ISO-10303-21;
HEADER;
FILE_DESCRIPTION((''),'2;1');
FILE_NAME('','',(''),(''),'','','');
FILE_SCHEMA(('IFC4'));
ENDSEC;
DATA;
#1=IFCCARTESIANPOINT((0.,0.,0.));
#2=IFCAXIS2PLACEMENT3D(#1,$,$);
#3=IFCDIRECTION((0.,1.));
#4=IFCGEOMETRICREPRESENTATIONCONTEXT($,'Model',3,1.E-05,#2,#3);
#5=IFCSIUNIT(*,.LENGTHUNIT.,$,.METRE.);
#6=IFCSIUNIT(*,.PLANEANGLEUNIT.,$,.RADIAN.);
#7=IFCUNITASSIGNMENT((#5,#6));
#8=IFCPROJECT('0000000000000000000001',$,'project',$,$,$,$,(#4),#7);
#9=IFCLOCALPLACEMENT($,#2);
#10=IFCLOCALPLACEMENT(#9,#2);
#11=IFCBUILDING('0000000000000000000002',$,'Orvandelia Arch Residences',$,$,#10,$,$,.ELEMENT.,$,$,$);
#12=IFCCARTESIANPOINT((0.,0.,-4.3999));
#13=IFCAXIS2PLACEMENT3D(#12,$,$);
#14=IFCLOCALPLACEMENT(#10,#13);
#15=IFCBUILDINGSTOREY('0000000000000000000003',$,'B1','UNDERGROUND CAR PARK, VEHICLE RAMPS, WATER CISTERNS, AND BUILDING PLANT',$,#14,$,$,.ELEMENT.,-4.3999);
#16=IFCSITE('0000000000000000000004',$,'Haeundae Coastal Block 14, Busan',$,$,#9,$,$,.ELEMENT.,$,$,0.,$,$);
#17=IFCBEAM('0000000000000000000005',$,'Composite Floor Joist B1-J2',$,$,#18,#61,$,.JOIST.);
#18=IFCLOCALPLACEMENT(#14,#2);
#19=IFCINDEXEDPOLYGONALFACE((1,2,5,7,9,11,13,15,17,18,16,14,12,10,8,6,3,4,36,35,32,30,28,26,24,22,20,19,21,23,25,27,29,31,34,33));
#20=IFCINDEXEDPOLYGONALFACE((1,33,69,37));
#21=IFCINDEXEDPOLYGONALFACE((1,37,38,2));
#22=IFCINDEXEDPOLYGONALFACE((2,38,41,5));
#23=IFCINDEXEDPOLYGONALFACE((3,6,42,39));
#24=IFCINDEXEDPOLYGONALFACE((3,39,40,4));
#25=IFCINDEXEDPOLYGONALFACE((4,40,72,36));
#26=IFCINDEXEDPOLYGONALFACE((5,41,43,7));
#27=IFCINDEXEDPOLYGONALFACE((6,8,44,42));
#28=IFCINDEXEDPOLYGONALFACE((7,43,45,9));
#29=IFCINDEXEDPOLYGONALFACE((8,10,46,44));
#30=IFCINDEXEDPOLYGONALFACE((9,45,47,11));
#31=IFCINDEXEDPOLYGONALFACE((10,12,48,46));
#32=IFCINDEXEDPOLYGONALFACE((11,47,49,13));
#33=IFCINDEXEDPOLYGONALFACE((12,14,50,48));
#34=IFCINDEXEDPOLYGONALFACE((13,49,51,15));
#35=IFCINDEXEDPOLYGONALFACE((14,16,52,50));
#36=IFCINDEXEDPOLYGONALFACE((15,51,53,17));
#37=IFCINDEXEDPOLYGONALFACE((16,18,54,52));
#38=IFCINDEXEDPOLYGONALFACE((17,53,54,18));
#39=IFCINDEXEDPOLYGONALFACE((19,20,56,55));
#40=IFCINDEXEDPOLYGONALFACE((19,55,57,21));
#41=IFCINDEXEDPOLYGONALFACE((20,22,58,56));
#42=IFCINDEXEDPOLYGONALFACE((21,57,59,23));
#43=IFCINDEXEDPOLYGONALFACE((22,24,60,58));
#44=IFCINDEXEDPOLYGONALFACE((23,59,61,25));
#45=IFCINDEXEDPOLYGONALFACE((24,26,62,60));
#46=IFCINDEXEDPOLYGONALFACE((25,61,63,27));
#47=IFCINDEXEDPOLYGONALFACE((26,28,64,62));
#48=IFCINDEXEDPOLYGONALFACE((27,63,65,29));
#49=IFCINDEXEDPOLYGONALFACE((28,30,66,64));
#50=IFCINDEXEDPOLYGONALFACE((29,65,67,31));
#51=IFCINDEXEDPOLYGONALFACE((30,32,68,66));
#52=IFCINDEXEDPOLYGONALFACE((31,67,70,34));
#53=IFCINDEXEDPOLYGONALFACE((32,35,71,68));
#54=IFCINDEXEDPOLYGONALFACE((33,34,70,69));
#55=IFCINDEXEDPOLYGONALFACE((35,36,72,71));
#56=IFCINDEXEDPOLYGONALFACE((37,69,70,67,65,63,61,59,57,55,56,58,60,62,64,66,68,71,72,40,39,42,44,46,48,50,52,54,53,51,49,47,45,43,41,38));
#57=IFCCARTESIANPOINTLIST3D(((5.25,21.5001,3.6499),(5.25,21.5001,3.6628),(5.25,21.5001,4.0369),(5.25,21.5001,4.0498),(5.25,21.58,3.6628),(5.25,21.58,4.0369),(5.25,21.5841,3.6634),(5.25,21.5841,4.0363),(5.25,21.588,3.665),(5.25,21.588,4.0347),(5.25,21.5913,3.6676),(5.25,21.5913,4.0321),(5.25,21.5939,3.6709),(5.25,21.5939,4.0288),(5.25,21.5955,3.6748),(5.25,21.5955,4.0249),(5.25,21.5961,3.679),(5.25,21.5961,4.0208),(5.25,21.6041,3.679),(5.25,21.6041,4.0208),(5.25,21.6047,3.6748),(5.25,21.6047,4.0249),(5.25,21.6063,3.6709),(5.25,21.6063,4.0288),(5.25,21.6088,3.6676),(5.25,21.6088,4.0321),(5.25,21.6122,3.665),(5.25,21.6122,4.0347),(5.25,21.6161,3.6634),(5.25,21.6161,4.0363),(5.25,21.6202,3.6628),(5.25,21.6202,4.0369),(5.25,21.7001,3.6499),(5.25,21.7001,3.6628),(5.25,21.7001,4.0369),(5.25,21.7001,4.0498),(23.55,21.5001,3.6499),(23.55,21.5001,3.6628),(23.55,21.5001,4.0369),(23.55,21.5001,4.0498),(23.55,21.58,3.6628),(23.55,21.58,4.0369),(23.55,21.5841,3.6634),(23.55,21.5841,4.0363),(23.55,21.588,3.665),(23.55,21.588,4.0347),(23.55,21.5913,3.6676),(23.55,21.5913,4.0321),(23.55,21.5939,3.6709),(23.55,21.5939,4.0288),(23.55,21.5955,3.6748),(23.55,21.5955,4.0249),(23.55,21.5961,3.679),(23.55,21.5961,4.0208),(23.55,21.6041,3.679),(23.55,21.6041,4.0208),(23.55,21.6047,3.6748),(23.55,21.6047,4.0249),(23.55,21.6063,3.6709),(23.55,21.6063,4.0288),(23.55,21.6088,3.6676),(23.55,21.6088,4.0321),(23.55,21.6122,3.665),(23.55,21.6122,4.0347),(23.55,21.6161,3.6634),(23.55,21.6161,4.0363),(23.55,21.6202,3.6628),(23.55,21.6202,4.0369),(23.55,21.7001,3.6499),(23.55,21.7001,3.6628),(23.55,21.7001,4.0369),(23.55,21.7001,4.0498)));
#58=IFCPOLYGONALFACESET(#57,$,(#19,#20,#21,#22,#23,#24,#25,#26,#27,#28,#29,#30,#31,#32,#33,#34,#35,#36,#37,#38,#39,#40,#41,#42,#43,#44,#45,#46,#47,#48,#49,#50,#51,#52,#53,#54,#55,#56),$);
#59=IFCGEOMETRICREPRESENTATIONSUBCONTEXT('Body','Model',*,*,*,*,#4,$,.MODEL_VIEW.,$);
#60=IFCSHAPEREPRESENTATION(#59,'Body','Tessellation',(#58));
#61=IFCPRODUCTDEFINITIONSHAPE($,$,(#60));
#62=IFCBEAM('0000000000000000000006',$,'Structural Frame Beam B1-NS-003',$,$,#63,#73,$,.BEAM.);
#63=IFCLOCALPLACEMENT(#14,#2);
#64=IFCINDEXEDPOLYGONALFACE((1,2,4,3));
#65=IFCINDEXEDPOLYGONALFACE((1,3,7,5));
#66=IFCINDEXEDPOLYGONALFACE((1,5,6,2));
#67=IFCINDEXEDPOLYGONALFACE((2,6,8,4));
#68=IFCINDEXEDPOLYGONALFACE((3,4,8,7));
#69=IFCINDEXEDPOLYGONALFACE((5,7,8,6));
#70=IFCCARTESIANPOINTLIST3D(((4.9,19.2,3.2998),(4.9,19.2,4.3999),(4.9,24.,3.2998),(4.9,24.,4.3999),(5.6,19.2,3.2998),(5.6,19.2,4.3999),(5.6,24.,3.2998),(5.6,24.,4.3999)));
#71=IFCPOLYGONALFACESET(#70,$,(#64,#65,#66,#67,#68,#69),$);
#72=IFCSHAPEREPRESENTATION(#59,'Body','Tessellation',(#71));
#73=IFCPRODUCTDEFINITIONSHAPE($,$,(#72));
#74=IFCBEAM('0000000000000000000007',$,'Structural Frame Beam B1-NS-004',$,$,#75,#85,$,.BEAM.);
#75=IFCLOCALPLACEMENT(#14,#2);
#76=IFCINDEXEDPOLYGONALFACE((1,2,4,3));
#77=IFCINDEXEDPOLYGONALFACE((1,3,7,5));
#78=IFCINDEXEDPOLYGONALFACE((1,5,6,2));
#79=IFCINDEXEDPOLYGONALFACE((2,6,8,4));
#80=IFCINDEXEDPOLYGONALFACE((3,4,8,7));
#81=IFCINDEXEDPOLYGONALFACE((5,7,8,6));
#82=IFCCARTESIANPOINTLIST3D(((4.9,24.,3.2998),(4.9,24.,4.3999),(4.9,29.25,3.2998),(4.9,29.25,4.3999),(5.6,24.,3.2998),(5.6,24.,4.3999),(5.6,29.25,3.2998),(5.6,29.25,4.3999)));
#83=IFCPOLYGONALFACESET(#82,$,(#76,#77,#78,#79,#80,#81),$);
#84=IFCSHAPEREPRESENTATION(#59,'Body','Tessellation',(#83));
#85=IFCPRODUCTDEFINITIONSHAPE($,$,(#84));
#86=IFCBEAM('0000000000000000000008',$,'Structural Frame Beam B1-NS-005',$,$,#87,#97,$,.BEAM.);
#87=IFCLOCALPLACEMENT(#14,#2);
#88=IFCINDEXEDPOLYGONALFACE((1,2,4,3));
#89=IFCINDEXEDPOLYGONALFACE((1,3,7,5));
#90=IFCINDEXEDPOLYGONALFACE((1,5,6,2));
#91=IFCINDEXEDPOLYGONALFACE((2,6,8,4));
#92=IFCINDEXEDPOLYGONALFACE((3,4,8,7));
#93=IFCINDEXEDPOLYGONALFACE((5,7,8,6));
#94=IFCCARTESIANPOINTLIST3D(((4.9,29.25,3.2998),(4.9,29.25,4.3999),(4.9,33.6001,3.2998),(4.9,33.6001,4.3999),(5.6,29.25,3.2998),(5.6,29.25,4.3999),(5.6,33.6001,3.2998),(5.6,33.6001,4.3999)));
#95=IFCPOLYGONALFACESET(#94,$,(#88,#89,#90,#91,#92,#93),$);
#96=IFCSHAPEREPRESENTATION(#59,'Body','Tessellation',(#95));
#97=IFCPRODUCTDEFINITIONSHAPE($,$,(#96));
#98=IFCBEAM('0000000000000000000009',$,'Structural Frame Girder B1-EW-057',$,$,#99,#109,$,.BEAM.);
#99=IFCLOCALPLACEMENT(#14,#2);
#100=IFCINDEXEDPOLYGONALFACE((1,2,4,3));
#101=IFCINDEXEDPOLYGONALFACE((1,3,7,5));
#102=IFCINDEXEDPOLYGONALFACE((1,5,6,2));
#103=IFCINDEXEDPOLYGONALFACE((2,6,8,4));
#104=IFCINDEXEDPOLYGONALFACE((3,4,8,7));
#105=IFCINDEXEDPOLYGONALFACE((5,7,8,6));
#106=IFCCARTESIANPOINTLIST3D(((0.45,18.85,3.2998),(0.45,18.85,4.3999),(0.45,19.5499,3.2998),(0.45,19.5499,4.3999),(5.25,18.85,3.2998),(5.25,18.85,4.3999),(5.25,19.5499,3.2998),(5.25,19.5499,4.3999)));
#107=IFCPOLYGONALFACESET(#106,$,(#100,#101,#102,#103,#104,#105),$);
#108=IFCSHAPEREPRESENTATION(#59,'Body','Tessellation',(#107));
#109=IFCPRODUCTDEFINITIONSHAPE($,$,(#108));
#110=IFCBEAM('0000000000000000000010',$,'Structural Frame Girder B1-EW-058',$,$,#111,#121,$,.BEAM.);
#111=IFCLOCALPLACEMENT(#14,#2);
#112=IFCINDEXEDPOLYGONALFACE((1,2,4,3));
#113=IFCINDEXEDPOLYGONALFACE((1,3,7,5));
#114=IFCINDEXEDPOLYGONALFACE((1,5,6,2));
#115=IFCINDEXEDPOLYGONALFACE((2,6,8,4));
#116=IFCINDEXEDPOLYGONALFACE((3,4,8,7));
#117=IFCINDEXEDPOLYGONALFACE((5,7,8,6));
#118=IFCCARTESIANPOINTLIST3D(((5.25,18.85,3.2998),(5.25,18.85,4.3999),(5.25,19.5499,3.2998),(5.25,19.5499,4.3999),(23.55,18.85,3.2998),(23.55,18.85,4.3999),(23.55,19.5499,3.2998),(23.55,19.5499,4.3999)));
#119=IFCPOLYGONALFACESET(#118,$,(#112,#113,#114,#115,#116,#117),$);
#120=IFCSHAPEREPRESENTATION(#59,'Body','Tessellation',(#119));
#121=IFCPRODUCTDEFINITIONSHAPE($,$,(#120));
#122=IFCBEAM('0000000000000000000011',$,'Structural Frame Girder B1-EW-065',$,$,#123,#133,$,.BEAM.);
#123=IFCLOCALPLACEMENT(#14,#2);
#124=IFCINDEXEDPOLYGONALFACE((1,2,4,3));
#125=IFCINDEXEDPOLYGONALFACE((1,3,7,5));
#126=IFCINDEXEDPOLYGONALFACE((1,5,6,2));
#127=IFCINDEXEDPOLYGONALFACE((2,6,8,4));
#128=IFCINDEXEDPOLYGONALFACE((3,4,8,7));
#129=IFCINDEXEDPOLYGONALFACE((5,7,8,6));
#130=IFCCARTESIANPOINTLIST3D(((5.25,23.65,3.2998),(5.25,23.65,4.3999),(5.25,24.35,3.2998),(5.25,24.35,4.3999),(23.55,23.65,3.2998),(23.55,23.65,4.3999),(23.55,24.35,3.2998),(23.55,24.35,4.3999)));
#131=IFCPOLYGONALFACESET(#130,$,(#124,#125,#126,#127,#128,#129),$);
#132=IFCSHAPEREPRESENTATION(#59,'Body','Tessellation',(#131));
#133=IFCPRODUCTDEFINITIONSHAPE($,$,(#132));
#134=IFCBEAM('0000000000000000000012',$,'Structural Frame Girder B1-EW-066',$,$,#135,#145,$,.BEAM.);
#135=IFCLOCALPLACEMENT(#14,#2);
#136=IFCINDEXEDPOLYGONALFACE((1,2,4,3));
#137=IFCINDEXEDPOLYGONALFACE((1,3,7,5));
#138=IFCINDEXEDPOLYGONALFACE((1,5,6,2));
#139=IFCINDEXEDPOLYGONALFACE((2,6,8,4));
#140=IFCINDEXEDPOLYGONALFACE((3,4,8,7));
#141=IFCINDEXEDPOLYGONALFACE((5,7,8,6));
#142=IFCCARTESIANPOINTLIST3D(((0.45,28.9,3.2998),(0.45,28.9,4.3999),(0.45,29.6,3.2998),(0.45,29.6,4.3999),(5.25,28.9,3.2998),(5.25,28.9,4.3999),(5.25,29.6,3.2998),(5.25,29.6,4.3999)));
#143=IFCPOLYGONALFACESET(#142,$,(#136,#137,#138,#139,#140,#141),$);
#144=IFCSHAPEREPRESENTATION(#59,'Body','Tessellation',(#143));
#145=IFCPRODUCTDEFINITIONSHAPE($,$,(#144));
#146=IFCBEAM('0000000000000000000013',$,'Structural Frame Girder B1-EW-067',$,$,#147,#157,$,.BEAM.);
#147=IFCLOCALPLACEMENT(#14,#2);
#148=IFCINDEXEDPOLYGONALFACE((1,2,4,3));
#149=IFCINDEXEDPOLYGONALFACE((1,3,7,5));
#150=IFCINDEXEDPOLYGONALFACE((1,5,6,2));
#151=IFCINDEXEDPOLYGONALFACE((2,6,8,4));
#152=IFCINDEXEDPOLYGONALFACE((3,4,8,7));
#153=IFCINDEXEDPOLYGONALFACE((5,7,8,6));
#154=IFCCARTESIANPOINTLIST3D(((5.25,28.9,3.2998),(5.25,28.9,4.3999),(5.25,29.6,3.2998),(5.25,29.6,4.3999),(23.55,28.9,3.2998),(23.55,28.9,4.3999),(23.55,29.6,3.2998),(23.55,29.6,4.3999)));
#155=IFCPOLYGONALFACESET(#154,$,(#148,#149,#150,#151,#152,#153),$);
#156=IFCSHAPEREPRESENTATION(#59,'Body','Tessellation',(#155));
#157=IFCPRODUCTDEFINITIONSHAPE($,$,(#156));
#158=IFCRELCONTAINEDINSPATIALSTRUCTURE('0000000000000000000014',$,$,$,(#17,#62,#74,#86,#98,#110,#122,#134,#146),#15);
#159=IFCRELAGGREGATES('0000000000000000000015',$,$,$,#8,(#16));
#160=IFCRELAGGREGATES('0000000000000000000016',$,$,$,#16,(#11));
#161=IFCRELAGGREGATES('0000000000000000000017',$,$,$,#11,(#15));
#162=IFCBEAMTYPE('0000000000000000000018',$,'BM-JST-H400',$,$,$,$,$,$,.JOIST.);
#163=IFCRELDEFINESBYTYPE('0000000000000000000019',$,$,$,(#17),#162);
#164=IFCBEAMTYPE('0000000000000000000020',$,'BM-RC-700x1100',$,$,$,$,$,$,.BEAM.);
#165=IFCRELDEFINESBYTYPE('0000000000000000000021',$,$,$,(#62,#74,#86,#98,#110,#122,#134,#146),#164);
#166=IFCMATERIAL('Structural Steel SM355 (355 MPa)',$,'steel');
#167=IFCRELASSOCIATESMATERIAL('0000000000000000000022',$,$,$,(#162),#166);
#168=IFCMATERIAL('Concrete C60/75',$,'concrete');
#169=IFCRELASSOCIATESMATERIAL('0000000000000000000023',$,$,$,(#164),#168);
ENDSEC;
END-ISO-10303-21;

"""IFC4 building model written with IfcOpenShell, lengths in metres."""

from ifc_helpers import new_model, si_unit, direction, frame, origin, origin_2d, place, context, subcontext, project, spatial, rectangle, i_section, extrude, material, material_profile, profile_set, type_object, element, save


model = new_model("IFC4")

# Units and contexts
model_context = context("Model", 3, precision=1e-05, world=origin(), true_north=direction((0.0, 1.0)))
body_context = subcontext(model_context, "Body", "Model", "MODEL_VIEW")
ifc_project = project(units=[si_unit("LENGTHUNIT", "METRE"), si_unit("PLANEANGLEUNIT", "RADIAN")], contexts=[model_context])

# Site, building, storey
site_placement = place(None, origin())
site = spatial("IfcSite", under=ifc_project, at=site_placement, Name="Haeundae Coastal Block 14, Busan", CompositionType="ELEMENT", RefElevation=0.0)
building_placement = place(site_placement, origin())
building = spatial("IfcBuilding", under=site, at=building_placement, Name="Orvandelia Arch Residences", CompositionType="ELEMENT")
storey_placement = place(building_placement, frame((0.0, 0.0, -4.3999)))
storey = spatial("IfcBuildingStorey", under=building, at=storey_placement, Name="B1", Description="UNDERGROUND CAR PARK, VEHICLE RAMPS, WATER CISTERNS, AND BUILDING PLANT", CompositionType="ELEMENT", Elevation=-4.3999)

# Shared definitions
ifc_material_1 = material(Name="Concrete C60/75", Category="concrete")

# Beams
ifc_material_2 = material(Name="Structural Steel SM355 (355 MPa)", Category="steel")
ifc_material_profile_1 = material_profile(ifc_material_2, i_section(OverallWidth=0.2, OverallDepth=0.3999, WebThickness=0.0081, FlangeThickness=0.0129, FilletRadius=0.0161, at=origin_2d()), Name="Structural Steel SM355 (355 MPa)", Category="steel")
ifc_profile_set_1 = profile_set([ifc_material_profile_1], Name="Structural Steel SM355 (355 MPa)")
beam_type_1 = type_object("IfcBeamType", Name="BM-JST-H400", PredefinedType="JOIST", material=ifc_profile_set_1)
for number, where, z_axis, x_axis, name in (
    (1, (5.25, 21.6001, 3.8499), (1.0, 0.0, 0.0), (0.0, 1.0, 0.0), "Composite Floor Joist B1-J2"),
):
    element("IfcBeam", number, at=place(storey_placement, frame(where, z_axis=z_axis, x_axis=x_axis)), inside=storey, type_object=beam_type_1, Name=name, PredefinedType="JOIST", context=body_context, shape_type="SweptSolid", body=[
        extrude(i_section(OverallWidth=0.2, OverallDepth=0.3999, WebThickness=0.0081, FlangeThickness=0.0129, FilletRadius=0.0161, at=origin_2d()), origin(), (0.0, 0.0, 1.0), 18.3),
    ])
ifc_material_profile_2 = material_profile(ifc_material_1, rectangle(XDim=0.7, YDim=1.1001, at=origin_2d()), Name="Concrete C60/75", Category="concrete")
ifc_profile_set_2 = profile_set([ifc_material_profile_2], Name="Concrete C60/75")
beam_type_2 = type_object("IfcBeamType", Name="BM-RC-700x1100", PredefinedType="BEAM", material=ifc_profile_set_2)
beam_1_placement = place(storey_placement, frame((5.25, 19.2, 3.8499), z_axis=(0.0, 1.0, 0.0), x_axis=(-1.0, 0.0, 0.0)))
element("IfcBeam", 2, at=beam_1_placement, inside=storey, type_object=beam_type_2, Name="Structural Frame Beam B1-NS-003", PredefinedType="BEAM", context=body_context, shape_type="SweptSolid", body=[
    extrude(rectangle(XDim=0.7, YDim=1.1001, at=origin_2d()), origin(), (0.0, 0.0, 1.0), 4.8),
])
beam_2_placement = place(storey_placement, frame((5.25, 24.0, 3.8499), z_axis=(0.0, 1.0, 0.0), x_axis=(-1.0, 0.0, 0.0)))
element("IfcBeam", 3, at=beam_2_placement, inside=storey, type_object=beam_type_2, Name="Structural Frame Beam B1-NS-004", PredefinedType="BEAM", context=body_context, shape_type="SweptSolid", body=[
    extrude(rectangle(XDim=0.7, YDim=1.1001, at=origin_2d()), origin(), (0.0, 0.0, 1.0), 5.25),
])
beam_3_placement = place(storey_placement, frame((5.25, 29.25, 3.8499), z_axis=(0.0, 1.0, 0.0), x_axis=(-1.0, 0.0, 0.0)))
element("IfcBeam", 4, at=beam_3_placement, inside=storey, type_object=beam_type_2, Name="Structural Frame Beam B1-NS-005", PredefinedType="BEAM", context=body_context, shape_type="SweptSolid", body=[
    extrude(rectangle(XDim=0.7, YDim=1.1001, at=origin_2d()), origin(), (0.0, 0.0, 1.0), 4.3501),
])
beam_4_placement = place(storey_placement, frame((0.45, 19.2, 3.8499), z_axis=(1.0, 0.0, 0.0), x_axis=(0.0, 1.0, 0.0)))
element("IfcBeam", 5, at=beam_4_placement, inside=storey, type_object=beam_type_2, Name="Structural Frame Girder B1-EW-057", PredefinedType="BEAM", context=body_context, shape_type="SweptSolid", body=[
    extrude(rectangle(XDim=0.7, YDim=1.1001, at=origin_2d()), origin(), (0.0, 0.0, 1.0), 4.8),
])
for number, where, z_axis, x_axis, name in (
    (6, (5.25, 19.2, 3.8499), (1.0, 0.0, 0.0), (0.0, 1.0, 0.0), "Structural Frame Girder B1-EW-058"),
    (7, (5.25, 24.0, 3.8499), (1.0, 0.0, 0.0), (0.0, 1.0, 0.0), "Structural Frame Girder B1-EW-065"),
):
    element("IfcBeam", number, at=place(storey_placement, frame(where, z_axis=z_axis, x_axis=x_axis)), inside=storey, type_object=beam_type_2, Name=name, PredefinedType="BEAM", context=body_context, shape_type="SweptSolid", body=[
        extrude(rectangle(XDim=0.7, YDim=1.1001, at=origin_2d()), origin(), (0.0, 0.0, 1.0), 18.3),
    ])
beam_5_placement = place(storey_placement, frame((0.45, 29.25, 3.8499), z_axis=(1.0, 0.0, 0.0), x_axis=(0.0, 1.0, 0.0)))
element("IfcBeam", 8, at=beam_5_placement, inside=storey, type_object=beam_type_2, Name="Structural Frame Girder B1-EW-066", PredefinedType="BEAM", context=body_context, shape_type="SweptSolid", body=[
    extrude(rectangle(XDim=0.7, YDim=1.1001, at=origin_2d()), origin(), (0.0, 0.0, 1.0), 4.8),
])
beam_6_placement = place(storey_placement, frame((5.25, 29.25, 3.8499), z_axis=(1.0, 0.0, 0.0), x_axis=(0.0, 1.0, 0.0)))
element("IfcBeam", 9, at=beam_6_placement, inside=storey, type_object=beam_type_2, Name="Structural Frame Girder B1-EW-067", PredefinedType="BEAM", context=body_context, shape_type="SweptSolid", body=[
    extrude(rectangle(XDim=0.7, YDim=1.1001, at=origin_2d()), origin(), (0.0, 0.0, 1.0), 18.3),
])

save(model, "model.ifc")
